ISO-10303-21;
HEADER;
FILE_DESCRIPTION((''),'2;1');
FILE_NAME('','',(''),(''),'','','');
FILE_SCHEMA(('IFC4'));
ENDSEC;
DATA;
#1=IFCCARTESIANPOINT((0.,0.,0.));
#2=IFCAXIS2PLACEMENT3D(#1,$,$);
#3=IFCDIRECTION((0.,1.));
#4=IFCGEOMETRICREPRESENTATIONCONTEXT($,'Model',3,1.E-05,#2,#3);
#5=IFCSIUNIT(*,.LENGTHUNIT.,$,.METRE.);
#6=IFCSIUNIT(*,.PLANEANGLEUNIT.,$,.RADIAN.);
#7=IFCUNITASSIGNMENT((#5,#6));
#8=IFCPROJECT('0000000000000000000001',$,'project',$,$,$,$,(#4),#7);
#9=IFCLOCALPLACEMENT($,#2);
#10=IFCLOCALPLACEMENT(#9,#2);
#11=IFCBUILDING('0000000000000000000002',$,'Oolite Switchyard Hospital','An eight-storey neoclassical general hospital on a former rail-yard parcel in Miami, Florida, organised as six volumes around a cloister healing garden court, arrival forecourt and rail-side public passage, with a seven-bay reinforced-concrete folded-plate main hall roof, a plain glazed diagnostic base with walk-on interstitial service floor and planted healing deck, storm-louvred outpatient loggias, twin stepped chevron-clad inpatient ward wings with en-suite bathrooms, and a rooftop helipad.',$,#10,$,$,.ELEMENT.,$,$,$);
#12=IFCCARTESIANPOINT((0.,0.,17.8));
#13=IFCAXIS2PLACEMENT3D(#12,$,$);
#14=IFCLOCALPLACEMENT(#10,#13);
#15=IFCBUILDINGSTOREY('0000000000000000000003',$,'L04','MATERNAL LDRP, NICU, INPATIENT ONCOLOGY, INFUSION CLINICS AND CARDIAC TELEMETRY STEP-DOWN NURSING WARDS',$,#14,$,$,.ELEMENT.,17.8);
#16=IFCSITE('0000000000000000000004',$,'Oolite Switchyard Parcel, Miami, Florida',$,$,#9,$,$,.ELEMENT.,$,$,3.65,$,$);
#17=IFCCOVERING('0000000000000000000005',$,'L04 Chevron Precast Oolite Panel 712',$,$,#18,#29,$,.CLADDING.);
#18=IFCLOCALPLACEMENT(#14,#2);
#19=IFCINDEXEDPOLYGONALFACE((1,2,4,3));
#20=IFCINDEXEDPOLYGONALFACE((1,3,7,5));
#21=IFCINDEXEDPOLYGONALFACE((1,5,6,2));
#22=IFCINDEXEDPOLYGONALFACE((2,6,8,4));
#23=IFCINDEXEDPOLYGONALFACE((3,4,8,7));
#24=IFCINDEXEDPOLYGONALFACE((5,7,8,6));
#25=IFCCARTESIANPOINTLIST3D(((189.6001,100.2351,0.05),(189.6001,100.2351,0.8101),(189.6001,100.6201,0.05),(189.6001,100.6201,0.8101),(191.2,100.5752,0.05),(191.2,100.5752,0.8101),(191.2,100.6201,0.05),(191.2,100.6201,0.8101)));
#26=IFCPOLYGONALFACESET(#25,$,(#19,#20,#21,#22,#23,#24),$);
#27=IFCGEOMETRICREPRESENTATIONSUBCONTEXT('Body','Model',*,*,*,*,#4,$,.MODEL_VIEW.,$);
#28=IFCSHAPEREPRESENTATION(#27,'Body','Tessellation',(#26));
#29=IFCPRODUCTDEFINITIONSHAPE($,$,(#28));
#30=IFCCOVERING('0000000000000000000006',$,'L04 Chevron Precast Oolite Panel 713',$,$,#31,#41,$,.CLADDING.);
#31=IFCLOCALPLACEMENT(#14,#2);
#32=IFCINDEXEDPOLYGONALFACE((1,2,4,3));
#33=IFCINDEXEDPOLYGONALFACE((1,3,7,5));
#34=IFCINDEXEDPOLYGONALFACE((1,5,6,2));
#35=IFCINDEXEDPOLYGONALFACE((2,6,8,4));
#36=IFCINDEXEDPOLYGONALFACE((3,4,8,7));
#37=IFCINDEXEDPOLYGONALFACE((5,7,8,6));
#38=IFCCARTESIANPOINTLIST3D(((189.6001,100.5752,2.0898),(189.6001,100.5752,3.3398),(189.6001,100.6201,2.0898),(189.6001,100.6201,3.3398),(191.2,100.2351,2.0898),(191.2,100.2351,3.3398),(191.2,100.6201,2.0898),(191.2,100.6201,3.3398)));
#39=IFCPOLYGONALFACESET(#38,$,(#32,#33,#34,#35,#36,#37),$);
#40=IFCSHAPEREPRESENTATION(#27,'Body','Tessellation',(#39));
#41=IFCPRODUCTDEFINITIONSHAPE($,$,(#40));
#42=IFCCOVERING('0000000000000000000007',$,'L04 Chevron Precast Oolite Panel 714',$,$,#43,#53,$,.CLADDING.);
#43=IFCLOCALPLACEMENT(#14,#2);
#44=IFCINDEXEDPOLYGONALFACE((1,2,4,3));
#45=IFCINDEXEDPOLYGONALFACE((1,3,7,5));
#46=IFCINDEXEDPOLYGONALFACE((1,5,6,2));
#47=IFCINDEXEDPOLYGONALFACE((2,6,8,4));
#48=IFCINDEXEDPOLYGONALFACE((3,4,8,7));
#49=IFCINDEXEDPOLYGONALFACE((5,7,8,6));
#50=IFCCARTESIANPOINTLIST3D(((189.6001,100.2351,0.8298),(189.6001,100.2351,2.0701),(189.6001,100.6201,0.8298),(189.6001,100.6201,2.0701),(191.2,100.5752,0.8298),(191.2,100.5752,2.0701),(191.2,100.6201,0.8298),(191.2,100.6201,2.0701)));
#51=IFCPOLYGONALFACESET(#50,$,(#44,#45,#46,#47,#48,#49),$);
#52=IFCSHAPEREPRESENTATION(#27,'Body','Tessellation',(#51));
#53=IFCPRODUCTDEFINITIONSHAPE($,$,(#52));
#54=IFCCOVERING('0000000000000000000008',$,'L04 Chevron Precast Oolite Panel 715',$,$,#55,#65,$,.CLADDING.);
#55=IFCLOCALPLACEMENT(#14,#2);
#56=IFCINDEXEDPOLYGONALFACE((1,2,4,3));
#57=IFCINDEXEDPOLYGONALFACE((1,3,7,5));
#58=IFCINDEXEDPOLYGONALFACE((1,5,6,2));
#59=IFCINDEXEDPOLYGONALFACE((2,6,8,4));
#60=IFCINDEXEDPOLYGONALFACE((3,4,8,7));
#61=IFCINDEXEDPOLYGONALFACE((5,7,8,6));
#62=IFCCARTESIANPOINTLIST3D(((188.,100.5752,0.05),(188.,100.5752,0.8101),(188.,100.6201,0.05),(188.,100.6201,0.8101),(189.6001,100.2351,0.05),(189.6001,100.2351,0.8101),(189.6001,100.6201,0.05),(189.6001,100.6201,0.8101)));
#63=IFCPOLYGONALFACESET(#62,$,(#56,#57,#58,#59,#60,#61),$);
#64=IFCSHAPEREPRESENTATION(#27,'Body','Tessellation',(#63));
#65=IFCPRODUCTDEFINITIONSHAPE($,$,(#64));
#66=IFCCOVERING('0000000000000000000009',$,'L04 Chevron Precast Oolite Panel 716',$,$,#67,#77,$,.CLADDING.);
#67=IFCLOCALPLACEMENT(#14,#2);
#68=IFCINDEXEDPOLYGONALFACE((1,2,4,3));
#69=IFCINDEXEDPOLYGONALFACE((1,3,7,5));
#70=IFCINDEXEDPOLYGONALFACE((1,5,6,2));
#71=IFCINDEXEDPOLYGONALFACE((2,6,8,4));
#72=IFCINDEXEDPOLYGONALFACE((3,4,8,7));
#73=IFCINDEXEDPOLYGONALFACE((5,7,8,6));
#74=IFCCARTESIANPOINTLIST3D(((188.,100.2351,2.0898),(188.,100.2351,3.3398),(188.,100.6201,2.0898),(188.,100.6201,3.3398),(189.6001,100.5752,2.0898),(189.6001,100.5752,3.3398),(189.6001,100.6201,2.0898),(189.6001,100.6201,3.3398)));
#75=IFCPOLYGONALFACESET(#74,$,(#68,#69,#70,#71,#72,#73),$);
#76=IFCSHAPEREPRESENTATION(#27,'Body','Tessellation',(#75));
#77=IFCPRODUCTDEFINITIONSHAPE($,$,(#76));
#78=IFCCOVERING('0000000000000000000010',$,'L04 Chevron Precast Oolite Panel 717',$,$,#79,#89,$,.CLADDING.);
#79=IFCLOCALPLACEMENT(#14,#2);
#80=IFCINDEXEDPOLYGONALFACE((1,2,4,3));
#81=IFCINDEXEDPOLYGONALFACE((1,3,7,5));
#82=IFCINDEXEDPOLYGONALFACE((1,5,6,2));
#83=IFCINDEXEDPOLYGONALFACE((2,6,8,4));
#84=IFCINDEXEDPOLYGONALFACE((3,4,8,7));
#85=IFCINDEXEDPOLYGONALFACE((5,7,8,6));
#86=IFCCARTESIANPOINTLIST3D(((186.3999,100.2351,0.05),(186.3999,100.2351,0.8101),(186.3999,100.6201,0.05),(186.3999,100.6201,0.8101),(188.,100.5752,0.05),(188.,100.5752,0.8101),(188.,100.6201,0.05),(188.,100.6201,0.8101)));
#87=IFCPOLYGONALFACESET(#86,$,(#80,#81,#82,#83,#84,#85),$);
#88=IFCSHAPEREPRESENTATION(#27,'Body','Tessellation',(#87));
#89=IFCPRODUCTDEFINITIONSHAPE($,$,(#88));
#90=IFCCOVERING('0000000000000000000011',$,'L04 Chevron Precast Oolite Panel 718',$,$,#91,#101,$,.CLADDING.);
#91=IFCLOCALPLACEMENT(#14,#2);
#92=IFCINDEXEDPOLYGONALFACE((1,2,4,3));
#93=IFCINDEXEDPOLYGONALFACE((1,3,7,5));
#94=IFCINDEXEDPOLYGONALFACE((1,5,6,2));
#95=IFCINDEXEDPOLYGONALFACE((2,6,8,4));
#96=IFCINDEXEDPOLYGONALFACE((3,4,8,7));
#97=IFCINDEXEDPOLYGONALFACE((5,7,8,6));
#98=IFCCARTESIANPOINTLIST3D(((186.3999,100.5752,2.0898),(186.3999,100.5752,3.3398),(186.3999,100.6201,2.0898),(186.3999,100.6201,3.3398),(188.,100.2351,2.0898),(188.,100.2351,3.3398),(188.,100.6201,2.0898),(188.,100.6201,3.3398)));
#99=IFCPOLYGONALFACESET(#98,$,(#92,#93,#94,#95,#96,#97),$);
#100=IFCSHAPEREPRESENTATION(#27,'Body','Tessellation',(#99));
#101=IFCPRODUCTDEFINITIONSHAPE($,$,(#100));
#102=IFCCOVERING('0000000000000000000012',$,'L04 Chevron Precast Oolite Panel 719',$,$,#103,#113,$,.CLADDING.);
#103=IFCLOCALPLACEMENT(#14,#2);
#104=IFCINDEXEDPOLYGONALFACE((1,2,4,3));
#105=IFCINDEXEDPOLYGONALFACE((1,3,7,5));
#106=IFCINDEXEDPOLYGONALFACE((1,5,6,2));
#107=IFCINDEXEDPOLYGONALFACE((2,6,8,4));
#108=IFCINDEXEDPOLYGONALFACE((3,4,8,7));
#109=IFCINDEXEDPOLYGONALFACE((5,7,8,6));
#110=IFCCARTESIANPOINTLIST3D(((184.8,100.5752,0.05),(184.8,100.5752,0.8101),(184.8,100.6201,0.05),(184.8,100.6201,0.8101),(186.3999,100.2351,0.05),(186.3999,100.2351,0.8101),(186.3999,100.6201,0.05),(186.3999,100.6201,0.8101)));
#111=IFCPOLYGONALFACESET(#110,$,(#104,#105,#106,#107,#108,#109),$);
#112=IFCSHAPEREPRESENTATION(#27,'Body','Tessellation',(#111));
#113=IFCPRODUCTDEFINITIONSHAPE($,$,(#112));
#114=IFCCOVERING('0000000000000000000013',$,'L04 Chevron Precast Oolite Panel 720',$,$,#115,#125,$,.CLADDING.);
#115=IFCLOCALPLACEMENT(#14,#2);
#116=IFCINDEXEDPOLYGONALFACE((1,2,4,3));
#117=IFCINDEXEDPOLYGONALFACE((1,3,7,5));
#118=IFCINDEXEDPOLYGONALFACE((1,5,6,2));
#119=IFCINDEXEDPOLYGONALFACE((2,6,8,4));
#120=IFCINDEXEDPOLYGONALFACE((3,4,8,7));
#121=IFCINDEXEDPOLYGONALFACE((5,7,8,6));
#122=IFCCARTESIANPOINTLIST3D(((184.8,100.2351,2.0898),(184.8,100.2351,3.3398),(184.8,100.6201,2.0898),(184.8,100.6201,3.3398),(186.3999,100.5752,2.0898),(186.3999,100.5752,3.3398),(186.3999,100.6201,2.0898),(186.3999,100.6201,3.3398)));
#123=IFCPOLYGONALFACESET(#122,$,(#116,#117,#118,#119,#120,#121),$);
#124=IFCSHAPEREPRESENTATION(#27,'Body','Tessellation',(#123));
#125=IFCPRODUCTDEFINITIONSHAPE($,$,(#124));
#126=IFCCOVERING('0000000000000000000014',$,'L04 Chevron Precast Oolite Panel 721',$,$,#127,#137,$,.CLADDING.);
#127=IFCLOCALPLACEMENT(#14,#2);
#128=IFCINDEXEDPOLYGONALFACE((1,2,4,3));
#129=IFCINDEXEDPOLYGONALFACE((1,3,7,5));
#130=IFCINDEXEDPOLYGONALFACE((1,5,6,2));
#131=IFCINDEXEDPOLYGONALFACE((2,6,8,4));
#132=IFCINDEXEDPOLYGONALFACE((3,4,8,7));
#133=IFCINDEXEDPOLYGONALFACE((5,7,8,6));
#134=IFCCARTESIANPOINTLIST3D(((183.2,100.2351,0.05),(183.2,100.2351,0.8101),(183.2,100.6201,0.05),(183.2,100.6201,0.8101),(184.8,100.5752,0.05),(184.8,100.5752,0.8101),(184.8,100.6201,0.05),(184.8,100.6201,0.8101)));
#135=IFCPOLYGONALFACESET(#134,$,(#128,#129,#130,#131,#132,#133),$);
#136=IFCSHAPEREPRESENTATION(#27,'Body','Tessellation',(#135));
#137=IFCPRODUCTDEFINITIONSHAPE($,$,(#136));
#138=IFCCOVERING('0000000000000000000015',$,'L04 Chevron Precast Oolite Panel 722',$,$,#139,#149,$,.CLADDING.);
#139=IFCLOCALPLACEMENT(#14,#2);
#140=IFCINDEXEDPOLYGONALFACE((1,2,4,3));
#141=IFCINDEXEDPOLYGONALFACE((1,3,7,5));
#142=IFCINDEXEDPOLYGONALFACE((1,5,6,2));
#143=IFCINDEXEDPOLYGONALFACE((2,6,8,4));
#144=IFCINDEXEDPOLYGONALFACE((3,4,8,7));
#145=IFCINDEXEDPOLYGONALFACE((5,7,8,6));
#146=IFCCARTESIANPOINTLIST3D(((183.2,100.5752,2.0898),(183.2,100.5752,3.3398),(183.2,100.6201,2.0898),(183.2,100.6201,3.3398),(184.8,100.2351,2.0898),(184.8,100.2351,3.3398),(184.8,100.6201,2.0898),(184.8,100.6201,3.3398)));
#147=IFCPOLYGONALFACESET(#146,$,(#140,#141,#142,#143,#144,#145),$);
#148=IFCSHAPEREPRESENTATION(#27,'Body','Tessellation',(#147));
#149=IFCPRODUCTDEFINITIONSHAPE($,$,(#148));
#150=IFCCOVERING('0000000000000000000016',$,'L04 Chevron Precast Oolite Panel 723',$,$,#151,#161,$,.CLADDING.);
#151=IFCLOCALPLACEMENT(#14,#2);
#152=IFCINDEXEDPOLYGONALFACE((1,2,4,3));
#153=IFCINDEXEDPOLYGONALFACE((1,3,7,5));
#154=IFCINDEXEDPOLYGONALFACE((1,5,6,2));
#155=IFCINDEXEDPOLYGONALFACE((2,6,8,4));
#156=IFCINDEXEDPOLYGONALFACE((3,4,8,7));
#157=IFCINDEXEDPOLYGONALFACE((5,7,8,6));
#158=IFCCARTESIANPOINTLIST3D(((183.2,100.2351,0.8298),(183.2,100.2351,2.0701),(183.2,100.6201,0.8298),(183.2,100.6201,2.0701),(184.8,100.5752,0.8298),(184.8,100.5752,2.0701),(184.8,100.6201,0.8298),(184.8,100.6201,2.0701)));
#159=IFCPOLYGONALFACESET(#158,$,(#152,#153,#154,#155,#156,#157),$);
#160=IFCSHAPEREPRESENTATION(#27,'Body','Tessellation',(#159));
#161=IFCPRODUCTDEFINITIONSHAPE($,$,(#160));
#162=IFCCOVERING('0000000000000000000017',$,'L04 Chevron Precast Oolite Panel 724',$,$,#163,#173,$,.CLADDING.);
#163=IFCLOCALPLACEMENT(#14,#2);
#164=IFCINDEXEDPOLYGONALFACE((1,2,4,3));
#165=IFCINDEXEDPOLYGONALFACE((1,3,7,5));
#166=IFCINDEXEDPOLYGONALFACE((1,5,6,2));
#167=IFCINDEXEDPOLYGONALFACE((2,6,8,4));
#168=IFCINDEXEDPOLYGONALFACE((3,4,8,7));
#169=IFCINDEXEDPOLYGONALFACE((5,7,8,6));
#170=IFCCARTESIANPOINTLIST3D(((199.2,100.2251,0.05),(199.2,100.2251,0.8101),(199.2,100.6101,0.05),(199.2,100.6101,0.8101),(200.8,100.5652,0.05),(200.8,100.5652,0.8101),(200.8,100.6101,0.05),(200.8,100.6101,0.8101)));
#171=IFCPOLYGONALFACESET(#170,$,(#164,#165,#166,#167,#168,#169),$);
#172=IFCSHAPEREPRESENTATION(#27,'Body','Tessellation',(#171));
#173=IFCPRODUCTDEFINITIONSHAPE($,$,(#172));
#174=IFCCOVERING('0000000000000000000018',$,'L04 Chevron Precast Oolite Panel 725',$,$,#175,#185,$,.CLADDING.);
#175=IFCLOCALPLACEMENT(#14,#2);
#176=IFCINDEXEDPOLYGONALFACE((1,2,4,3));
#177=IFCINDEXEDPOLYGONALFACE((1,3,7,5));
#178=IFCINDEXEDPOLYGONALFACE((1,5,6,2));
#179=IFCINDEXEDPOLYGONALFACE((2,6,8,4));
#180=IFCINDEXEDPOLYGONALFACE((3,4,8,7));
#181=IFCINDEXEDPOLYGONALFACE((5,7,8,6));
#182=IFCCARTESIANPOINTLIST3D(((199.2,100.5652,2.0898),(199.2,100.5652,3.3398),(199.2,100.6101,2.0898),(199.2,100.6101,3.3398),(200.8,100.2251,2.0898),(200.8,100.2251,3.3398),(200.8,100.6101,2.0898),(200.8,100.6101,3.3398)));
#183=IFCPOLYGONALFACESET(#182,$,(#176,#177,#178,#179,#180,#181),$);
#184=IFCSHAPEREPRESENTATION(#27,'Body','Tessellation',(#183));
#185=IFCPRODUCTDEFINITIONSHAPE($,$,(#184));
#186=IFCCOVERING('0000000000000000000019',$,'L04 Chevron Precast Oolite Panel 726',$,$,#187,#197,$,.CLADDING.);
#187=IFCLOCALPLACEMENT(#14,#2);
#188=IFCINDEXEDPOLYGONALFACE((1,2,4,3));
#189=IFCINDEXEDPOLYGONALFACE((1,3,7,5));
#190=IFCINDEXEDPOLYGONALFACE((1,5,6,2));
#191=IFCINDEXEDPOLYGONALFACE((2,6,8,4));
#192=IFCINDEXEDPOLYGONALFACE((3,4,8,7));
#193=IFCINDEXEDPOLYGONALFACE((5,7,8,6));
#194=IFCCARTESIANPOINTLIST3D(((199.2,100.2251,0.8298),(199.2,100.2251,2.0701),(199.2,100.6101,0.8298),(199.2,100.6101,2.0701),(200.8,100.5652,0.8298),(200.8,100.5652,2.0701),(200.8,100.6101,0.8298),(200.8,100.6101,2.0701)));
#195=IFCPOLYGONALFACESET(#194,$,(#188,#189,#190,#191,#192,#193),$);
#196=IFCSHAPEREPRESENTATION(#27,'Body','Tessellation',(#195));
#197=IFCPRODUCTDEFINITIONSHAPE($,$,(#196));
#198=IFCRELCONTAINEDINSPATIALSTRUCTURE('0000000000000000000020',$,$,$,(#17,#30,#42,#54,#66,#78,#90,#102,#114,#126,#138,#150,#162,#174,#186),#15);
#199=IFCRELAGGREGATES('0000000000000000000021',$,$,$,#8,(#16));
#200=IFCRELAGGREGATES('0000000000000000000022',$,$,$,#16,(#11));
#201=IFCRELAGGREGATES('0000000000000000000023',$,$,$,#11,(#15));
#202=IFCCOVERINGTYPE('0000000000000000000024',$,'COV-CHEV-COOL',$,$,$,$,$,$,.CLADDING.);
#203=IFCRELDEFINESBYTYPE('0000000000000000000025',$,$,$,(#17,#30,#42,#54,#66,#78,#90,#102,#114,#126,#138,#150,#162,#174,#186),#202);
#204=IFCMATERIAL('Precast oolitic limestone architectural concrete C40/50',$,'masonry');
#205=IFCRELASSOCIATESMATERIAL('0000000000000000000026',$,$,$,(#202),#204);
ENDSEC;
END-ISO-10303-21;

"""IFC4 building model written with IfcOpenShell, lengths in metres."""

from ifc_helpers import new_model, si_unit, direction, frame, origin, place, context, subcontext, project, spatial, polyline, outline, extrude, material, type_object, element, save


model = new_model("IFC4")

# Units and contexts
model_context = context("Model", 3, precision=1e-05, world=origin(), true_north=direction((0.0, 1.0)))
body_context = subcontext(model_context, "Body", "Model", "MODEL_VIEW")
ifc_project = project(units=[si_unit("LENGTHUNIT", "METRE"), si_unit("PLANEANGLEUNIT", "RADIAN")], contexts=[model_context])

# Site, building, storey
site_placement = place(None, origin())
site = spatial("IfcSite", under=ifc_project, at=site_placement, Name="Oolite Switchyard Parcel, Miami, Florida", CompositionType="ELEMENT", RefElevation=3.65)
building_placement = place(site_placement, origin())
building = spatial("IfcBuilding", under=site, at=building_placement, Name="Oolite Switchyard Hospital", Description="An eight-storey neoclassical general hospital on a former rail-yard parcel in Miami, Florida, organised as six volumes around a cloister healing garden court, arrival forecourt and rail-side public passage, with a seven-bay reinforced-concrete folded-plate main hall roof, a plain glazed diagnostic base with walk-on interstitial service floor and planted healing deck, storm-louvred outpatient loggias, twin stepped chevron-clad inpatient ward wings with en-suite bathrooms, and a rooftop helipad.", CompositionType="ELEMENT")
storey_placement = place(building_placement, frame((0.0, 0.0, 17.8)))
storey = spatial("IfcBuildingStorey", under=building, at=storey_placement, Name="L04", Description="MATERNAL LDRP, NICU, INPATIENT ONCOLOGY, INFUSION CLINICS AND CARDIAC TELEMETRY STEP-DOWN NURSING WARDS", CompositionType="ELEMENT", Elevation=17.8)

# Coverings
ifc_material = material(Name="Precast oolitic limestone architectural concrete C40/50", Category="masonry")
covering_type = type_object("IfcCoveringType", Name="COV-CHEV-COOL", PredefinedType="CLADDING", material=ifc_material)
covering_1_placement = place(storey_placement, frame((191.2, 100.6201, 0.05), z_axis=(0.0, 0.0, 1.0), x_axis=(-1.0, 0.0, 0.0)))
element("IfcCovering", 1, at=covering_1_placement, inside=storey, type_object=covering_type, Name="L04 Chevron Precast Oolite Panel 712", PredefinedType="CLADDING", context=body_context, shape_type="SweptSolid", body=[
    extrude(outline(polyline([(0.0, 0.0), (1.5999, 0.0), (1.5999, 0.385), (0.0, 0.0449), (0.0, 0.0)])), origin(), (0.0, 0.0, 1.0), 0.76),
])
covering_2_placement = place(storey_placement, frame((191.2, 100.6201, 2.0898), z_axis=(0.0, 0.0, 1.0), x_axis=(-1.0, 0.0, 0.0)))
element("IfcCovering", 2, at=covering_2_placement, inside=storey, type_object=covering_type, Name="L04 Chevron Precast Oolite Panel 713", PredefinedType="CLADDING", context=body_context, shape_type="SweptSolid", body=[
    extrude(outline(polyline([(0.0, 0.0), (1.5999, 0.0), (1.5999, 0.0449), (0.0, 0.385), (0.0, 0.0)])), origin(), (0.0, 0.0, 1.0), 1.25),
])
covering_3_placement = place(storey_placement, frame((191.2, 100.6201, 0.8298), z_axis=(0.0, 0.0, 1.0), x_axis=(-1.0, 0.0, 0.0)))
element("IfcCovering", 3, at=covering_3_placement, inside=storey, type_object=covering_type, Name="L04 Chevron Precast Oolite Panel 714", PredefinedType="CLADDING", context=body_context, shape_type="SweptSolid", body=[
    extrude(outline(polyline([(0.0, 0.0), (1.5999, 0.0), (1.5999, 0.385), (0.0, 0.0449), (0.0, 0.0)])), origin(), (0.0, 0.0, 1.0), 1.2402),
])
covering_4_placement = place(storey_placement, frame((189.6001, 100.6201, 0.05), z_axis=(0.0, 0.0, 1.0), x_axis=(-1.0, 0.0, 0.0)))
element("IfcCovering", 4, at=covering_4_placement, inside=storey, type_object=covering_type, Name="L04 Chevron Precast Oolite Panel 715", PredefinedType="CLADDING", context=body_context, shape_type="SweptSolid", body=[
    extrude(outline(polyline([(0.0, 0.0), (1.6001, 0.0), (1.6001, 0.0449), (0.0, 0.385), (0.0, 0.0)])), origin(), (0.0, 0.0, 1.0), 0.76),
])
covering_5_placement = place(storey_placement, frame((189.6001, 100.6201, 2.0898), z_axis=(0.0, 0.0, 1.0), x_axis=(-1.0, 0.0, 0.0)))
element("IfcCovering", 5, at=covering_5_placement, inside=storey, type_object=covering_type, Name="L04 Chevron Precast Oolite Panel 716", PredefinedType="CLADDING", context=body_context, shape_type="SweptSolid", body=[
    extrude(outline(polyline([(0.0, 0.0), (1.6001, 0.0), (1.6001, 0.385), (0.0, 0.0449), (0.0, 0.0)])), origin(), (0.0, 0.0, 1.0), 1.25),
])
covering_6_placement = place(storey_placement, frame((188.0, 100.6201, 0.05), z_axis=(0.0, 0.0, 1.0), x_axis=(-1.0, 0.0, 0.0)))
element("IfcCovering", 6, at=covering_6_placement, inside=storey, type_object=covering_type, Name="L04 Chevron Precast Oolite Panel 717", PredefinedType="CLADDING", context=body_context, shape_type="SweptSolid", body=[
    extrude(outline(polyline([(0.0, 0.0), (1.6001, 0.0), (1.6001, 0.385), (0.0, 0.0449), (0.0, 0.0)])), origin(), (0.0, 0.0, 1.0), 0.76),
])
covering_7_placement = place(storey_placement, frame((188.0, 100.6201, 2.0898), z_axis=(0.0, 0.0, 1.0), x_axis=(-1.0, 0.0, 0.0)))
element("IfcCovering", 7, at=covering_7_placement, inside=storey, type_object=covering_type, Name="L04 Chevron Precast Oolite Panel 718", PredefinedType="CLADDING", context=body_context, shape_type="SweptSolid", body=[
    extrude(outline(polyline([(0.0, 0.0), (1.6001, 0.0), (1.6001, 0.0449), (0.0, 0.385), (0.0, 0.0)])), origin(), (0.0, 0.0, 1.0), 1.25),
])
covering_8_placement = place(storey_placement, frame((186.3999, 100.6201, 0.05), z_axis=(0.0, 0.0, 1.0), x_axis=(-1.0, 0.0, 0.0)))
element("IfcCovering", 8, at=covering_8_placement, inside=storey, type_object=covering_type, Name="L04 Chevron Precast Oolite Panel 719", PredefinedType="CLADDING", context=body_context, shape_type="SweptSolid", body=[
    extrude(outline(polyline([(0.0, 0.0), (1.5999, 0.0), (1.5999, 0.0449), (0.0, 0.385), (0.0, 0.0)])), origin(), (0.0, 0.0, 1.0), 0.76),
])
covering_9_placement = place(storey_placement, frame((186.3999, 100.6201, 2.0898), z_axis=(0.0, 0.0, 1.0), x_axis=(-1.0, 0.0, 0.0)))
element("IfcCovering", 9, at=covering_9_placement, inside=storey, type_object=covering_type, Name="L04 Chevron Precast Oolite Panel 720", PredefinedType="CLADDING", context=body_context, shape_type="SweptSolid", body=[
    extrude(outline(polyline([(0.0, 0.0), (1.5999, 0.0), (1.5999, 0.385), (0.0, 0.0449), (0.0, 0.0)])), origin(), (0.0, 0.0, 1.0), 1.25),
])
covering_10_placement = place(storey_placement, frame((184.8, 100.6201, 0.05), z_axis=(0.0, 0.0, 1.0), x_axis=(-1.0, 0.0, 0.0)))
element("IfcCovering", 10, at=covering_10_placement, inside=storey, type_object=covering_type, Name="L04 Chevron Precast Oolite Panel 721", PredefinedType="CLADDING", context=body_context, shape_type="SweptSolid", body=[
    extrude(outline(polyline([(0.0, 0.0), (1.6001, 0.0), (1.6001, 0.385), (0.0, 0.0449), (0.0, 0.0)])), origin(), (0.0, 0.0, 1.0), 0.76),
])
covering_11_placement = place(storey_placement, frame((184.8, 100.6201, 2.0898), z_axis=(0.0, 0.0, 1.0), x_axis=(-1.0, 0.0, 0.0)))
element("IfcCovering", 11, at=covering_11_placement, inside=storey, type_object=covering_type, Name="L04 Chevron Precast Oolite Panel 722", PredefinedType="CLADDING", context=body_context, shape_type="SweptSolid", body=[
    extrude(outline(polyline([(0.0, 0.0), (1.6001, 0.0), (1.6001, 0.0449), (0.0, 0.385), (0.0, 0.0)])), origin(), (0.0, 0.0, 1.0), 1.25),
])
covering_12_placement = place(storey_placement, frame((184.8, 100.6201, 0.8298), z_axis=(0.0, 0.0, 1.0), x_axis=(-1.0, 0.0, 0.0)))
element("IfcCovering", 12, at=covering_12_placement, inside=storey, type_object=covering_type, Name="L04 Chevron Precast Oolite Panel 723", PredefinedType="CLADDING", context=body_context, shape_type="SweptSolid", body=[
    extrude(outline(polyline([(0.0, 0.0), (1.6001, 0.0), (1.6001, 0.385), (0.0, 0.0449), (0.0, 0.0)])), origin(), (0.0, 0.0, 1.0), 1.2402),
])
covering_13_placement = place(storey_placement, frame((200.8, 100.6101, 0.05), z_axis=(0.0, 0.0, 1.0), x_axis=(-1.0, 0.0, 0.0)))
element("IfcCovering", 13, at=covering_13_placement, inside=storey, type_object=covering_type, Name="L04 Chevron Precast Oolite Panel 724", PredefinedType="CLADDING", context=body_context, shape_type="SweptSolid", body=[
    extrude(outline(polyline([(0.0, 0.0), (1.6001, 0.0), (1.6001, 0.385), (0.0, 0.0449), (0.0, 0.0)])), origin(), (0.0, 0.0, 1.0), 0.76),
])
covering_14_placement = place(storey_placement, frame((200.8, 100.6101, 2.0898), z_axis=(0.0, 0.0, 1.0), x_axis=(-1.0, 0.0, 0.0)))
element("IfcCovering", 14, at=covering_14_placement, inside=storey, type_object=covering_type, Name="L04 Chevron Precast Oolite Panel 725", PredefinedType="CLADDING", context=body_context, shape_type="SweptSolid", body=[
    extrude(outline(polyline([(0.0, 0.0), (1.6001, 0.0), (1.6001, 0.0449), (0.0, 0.385), (0.0, 0.0)])), origin(), (0.0, 0.0, 1.0), 1.25),
])
covering_15_placement = place(storey_placement, frame((200.8, 100.6101, 0.8298), z_axis=(0.0, 0.0, 1.0), x_axis=(-1.0, 0.0, 0.0)))
element("IfcCovering", 15, at=covering_15_placement, inside=storey, type_object=covering_type, Name="L04 Chevron Precast Oolite Panel 726", PredefinedType="CLADDING", context=body_context, shape_type="SweptSolid", body=[
    extrude(outline(polyline([(0.0, 0.0), (1.6001, 0.0), (1.6001, 0.385), (0.0, 0.0449), (0.0, 0.0)])), origin(), (0.0, 0.0, 1.0), 1.2402),
])

save(model, "model.ifc")
